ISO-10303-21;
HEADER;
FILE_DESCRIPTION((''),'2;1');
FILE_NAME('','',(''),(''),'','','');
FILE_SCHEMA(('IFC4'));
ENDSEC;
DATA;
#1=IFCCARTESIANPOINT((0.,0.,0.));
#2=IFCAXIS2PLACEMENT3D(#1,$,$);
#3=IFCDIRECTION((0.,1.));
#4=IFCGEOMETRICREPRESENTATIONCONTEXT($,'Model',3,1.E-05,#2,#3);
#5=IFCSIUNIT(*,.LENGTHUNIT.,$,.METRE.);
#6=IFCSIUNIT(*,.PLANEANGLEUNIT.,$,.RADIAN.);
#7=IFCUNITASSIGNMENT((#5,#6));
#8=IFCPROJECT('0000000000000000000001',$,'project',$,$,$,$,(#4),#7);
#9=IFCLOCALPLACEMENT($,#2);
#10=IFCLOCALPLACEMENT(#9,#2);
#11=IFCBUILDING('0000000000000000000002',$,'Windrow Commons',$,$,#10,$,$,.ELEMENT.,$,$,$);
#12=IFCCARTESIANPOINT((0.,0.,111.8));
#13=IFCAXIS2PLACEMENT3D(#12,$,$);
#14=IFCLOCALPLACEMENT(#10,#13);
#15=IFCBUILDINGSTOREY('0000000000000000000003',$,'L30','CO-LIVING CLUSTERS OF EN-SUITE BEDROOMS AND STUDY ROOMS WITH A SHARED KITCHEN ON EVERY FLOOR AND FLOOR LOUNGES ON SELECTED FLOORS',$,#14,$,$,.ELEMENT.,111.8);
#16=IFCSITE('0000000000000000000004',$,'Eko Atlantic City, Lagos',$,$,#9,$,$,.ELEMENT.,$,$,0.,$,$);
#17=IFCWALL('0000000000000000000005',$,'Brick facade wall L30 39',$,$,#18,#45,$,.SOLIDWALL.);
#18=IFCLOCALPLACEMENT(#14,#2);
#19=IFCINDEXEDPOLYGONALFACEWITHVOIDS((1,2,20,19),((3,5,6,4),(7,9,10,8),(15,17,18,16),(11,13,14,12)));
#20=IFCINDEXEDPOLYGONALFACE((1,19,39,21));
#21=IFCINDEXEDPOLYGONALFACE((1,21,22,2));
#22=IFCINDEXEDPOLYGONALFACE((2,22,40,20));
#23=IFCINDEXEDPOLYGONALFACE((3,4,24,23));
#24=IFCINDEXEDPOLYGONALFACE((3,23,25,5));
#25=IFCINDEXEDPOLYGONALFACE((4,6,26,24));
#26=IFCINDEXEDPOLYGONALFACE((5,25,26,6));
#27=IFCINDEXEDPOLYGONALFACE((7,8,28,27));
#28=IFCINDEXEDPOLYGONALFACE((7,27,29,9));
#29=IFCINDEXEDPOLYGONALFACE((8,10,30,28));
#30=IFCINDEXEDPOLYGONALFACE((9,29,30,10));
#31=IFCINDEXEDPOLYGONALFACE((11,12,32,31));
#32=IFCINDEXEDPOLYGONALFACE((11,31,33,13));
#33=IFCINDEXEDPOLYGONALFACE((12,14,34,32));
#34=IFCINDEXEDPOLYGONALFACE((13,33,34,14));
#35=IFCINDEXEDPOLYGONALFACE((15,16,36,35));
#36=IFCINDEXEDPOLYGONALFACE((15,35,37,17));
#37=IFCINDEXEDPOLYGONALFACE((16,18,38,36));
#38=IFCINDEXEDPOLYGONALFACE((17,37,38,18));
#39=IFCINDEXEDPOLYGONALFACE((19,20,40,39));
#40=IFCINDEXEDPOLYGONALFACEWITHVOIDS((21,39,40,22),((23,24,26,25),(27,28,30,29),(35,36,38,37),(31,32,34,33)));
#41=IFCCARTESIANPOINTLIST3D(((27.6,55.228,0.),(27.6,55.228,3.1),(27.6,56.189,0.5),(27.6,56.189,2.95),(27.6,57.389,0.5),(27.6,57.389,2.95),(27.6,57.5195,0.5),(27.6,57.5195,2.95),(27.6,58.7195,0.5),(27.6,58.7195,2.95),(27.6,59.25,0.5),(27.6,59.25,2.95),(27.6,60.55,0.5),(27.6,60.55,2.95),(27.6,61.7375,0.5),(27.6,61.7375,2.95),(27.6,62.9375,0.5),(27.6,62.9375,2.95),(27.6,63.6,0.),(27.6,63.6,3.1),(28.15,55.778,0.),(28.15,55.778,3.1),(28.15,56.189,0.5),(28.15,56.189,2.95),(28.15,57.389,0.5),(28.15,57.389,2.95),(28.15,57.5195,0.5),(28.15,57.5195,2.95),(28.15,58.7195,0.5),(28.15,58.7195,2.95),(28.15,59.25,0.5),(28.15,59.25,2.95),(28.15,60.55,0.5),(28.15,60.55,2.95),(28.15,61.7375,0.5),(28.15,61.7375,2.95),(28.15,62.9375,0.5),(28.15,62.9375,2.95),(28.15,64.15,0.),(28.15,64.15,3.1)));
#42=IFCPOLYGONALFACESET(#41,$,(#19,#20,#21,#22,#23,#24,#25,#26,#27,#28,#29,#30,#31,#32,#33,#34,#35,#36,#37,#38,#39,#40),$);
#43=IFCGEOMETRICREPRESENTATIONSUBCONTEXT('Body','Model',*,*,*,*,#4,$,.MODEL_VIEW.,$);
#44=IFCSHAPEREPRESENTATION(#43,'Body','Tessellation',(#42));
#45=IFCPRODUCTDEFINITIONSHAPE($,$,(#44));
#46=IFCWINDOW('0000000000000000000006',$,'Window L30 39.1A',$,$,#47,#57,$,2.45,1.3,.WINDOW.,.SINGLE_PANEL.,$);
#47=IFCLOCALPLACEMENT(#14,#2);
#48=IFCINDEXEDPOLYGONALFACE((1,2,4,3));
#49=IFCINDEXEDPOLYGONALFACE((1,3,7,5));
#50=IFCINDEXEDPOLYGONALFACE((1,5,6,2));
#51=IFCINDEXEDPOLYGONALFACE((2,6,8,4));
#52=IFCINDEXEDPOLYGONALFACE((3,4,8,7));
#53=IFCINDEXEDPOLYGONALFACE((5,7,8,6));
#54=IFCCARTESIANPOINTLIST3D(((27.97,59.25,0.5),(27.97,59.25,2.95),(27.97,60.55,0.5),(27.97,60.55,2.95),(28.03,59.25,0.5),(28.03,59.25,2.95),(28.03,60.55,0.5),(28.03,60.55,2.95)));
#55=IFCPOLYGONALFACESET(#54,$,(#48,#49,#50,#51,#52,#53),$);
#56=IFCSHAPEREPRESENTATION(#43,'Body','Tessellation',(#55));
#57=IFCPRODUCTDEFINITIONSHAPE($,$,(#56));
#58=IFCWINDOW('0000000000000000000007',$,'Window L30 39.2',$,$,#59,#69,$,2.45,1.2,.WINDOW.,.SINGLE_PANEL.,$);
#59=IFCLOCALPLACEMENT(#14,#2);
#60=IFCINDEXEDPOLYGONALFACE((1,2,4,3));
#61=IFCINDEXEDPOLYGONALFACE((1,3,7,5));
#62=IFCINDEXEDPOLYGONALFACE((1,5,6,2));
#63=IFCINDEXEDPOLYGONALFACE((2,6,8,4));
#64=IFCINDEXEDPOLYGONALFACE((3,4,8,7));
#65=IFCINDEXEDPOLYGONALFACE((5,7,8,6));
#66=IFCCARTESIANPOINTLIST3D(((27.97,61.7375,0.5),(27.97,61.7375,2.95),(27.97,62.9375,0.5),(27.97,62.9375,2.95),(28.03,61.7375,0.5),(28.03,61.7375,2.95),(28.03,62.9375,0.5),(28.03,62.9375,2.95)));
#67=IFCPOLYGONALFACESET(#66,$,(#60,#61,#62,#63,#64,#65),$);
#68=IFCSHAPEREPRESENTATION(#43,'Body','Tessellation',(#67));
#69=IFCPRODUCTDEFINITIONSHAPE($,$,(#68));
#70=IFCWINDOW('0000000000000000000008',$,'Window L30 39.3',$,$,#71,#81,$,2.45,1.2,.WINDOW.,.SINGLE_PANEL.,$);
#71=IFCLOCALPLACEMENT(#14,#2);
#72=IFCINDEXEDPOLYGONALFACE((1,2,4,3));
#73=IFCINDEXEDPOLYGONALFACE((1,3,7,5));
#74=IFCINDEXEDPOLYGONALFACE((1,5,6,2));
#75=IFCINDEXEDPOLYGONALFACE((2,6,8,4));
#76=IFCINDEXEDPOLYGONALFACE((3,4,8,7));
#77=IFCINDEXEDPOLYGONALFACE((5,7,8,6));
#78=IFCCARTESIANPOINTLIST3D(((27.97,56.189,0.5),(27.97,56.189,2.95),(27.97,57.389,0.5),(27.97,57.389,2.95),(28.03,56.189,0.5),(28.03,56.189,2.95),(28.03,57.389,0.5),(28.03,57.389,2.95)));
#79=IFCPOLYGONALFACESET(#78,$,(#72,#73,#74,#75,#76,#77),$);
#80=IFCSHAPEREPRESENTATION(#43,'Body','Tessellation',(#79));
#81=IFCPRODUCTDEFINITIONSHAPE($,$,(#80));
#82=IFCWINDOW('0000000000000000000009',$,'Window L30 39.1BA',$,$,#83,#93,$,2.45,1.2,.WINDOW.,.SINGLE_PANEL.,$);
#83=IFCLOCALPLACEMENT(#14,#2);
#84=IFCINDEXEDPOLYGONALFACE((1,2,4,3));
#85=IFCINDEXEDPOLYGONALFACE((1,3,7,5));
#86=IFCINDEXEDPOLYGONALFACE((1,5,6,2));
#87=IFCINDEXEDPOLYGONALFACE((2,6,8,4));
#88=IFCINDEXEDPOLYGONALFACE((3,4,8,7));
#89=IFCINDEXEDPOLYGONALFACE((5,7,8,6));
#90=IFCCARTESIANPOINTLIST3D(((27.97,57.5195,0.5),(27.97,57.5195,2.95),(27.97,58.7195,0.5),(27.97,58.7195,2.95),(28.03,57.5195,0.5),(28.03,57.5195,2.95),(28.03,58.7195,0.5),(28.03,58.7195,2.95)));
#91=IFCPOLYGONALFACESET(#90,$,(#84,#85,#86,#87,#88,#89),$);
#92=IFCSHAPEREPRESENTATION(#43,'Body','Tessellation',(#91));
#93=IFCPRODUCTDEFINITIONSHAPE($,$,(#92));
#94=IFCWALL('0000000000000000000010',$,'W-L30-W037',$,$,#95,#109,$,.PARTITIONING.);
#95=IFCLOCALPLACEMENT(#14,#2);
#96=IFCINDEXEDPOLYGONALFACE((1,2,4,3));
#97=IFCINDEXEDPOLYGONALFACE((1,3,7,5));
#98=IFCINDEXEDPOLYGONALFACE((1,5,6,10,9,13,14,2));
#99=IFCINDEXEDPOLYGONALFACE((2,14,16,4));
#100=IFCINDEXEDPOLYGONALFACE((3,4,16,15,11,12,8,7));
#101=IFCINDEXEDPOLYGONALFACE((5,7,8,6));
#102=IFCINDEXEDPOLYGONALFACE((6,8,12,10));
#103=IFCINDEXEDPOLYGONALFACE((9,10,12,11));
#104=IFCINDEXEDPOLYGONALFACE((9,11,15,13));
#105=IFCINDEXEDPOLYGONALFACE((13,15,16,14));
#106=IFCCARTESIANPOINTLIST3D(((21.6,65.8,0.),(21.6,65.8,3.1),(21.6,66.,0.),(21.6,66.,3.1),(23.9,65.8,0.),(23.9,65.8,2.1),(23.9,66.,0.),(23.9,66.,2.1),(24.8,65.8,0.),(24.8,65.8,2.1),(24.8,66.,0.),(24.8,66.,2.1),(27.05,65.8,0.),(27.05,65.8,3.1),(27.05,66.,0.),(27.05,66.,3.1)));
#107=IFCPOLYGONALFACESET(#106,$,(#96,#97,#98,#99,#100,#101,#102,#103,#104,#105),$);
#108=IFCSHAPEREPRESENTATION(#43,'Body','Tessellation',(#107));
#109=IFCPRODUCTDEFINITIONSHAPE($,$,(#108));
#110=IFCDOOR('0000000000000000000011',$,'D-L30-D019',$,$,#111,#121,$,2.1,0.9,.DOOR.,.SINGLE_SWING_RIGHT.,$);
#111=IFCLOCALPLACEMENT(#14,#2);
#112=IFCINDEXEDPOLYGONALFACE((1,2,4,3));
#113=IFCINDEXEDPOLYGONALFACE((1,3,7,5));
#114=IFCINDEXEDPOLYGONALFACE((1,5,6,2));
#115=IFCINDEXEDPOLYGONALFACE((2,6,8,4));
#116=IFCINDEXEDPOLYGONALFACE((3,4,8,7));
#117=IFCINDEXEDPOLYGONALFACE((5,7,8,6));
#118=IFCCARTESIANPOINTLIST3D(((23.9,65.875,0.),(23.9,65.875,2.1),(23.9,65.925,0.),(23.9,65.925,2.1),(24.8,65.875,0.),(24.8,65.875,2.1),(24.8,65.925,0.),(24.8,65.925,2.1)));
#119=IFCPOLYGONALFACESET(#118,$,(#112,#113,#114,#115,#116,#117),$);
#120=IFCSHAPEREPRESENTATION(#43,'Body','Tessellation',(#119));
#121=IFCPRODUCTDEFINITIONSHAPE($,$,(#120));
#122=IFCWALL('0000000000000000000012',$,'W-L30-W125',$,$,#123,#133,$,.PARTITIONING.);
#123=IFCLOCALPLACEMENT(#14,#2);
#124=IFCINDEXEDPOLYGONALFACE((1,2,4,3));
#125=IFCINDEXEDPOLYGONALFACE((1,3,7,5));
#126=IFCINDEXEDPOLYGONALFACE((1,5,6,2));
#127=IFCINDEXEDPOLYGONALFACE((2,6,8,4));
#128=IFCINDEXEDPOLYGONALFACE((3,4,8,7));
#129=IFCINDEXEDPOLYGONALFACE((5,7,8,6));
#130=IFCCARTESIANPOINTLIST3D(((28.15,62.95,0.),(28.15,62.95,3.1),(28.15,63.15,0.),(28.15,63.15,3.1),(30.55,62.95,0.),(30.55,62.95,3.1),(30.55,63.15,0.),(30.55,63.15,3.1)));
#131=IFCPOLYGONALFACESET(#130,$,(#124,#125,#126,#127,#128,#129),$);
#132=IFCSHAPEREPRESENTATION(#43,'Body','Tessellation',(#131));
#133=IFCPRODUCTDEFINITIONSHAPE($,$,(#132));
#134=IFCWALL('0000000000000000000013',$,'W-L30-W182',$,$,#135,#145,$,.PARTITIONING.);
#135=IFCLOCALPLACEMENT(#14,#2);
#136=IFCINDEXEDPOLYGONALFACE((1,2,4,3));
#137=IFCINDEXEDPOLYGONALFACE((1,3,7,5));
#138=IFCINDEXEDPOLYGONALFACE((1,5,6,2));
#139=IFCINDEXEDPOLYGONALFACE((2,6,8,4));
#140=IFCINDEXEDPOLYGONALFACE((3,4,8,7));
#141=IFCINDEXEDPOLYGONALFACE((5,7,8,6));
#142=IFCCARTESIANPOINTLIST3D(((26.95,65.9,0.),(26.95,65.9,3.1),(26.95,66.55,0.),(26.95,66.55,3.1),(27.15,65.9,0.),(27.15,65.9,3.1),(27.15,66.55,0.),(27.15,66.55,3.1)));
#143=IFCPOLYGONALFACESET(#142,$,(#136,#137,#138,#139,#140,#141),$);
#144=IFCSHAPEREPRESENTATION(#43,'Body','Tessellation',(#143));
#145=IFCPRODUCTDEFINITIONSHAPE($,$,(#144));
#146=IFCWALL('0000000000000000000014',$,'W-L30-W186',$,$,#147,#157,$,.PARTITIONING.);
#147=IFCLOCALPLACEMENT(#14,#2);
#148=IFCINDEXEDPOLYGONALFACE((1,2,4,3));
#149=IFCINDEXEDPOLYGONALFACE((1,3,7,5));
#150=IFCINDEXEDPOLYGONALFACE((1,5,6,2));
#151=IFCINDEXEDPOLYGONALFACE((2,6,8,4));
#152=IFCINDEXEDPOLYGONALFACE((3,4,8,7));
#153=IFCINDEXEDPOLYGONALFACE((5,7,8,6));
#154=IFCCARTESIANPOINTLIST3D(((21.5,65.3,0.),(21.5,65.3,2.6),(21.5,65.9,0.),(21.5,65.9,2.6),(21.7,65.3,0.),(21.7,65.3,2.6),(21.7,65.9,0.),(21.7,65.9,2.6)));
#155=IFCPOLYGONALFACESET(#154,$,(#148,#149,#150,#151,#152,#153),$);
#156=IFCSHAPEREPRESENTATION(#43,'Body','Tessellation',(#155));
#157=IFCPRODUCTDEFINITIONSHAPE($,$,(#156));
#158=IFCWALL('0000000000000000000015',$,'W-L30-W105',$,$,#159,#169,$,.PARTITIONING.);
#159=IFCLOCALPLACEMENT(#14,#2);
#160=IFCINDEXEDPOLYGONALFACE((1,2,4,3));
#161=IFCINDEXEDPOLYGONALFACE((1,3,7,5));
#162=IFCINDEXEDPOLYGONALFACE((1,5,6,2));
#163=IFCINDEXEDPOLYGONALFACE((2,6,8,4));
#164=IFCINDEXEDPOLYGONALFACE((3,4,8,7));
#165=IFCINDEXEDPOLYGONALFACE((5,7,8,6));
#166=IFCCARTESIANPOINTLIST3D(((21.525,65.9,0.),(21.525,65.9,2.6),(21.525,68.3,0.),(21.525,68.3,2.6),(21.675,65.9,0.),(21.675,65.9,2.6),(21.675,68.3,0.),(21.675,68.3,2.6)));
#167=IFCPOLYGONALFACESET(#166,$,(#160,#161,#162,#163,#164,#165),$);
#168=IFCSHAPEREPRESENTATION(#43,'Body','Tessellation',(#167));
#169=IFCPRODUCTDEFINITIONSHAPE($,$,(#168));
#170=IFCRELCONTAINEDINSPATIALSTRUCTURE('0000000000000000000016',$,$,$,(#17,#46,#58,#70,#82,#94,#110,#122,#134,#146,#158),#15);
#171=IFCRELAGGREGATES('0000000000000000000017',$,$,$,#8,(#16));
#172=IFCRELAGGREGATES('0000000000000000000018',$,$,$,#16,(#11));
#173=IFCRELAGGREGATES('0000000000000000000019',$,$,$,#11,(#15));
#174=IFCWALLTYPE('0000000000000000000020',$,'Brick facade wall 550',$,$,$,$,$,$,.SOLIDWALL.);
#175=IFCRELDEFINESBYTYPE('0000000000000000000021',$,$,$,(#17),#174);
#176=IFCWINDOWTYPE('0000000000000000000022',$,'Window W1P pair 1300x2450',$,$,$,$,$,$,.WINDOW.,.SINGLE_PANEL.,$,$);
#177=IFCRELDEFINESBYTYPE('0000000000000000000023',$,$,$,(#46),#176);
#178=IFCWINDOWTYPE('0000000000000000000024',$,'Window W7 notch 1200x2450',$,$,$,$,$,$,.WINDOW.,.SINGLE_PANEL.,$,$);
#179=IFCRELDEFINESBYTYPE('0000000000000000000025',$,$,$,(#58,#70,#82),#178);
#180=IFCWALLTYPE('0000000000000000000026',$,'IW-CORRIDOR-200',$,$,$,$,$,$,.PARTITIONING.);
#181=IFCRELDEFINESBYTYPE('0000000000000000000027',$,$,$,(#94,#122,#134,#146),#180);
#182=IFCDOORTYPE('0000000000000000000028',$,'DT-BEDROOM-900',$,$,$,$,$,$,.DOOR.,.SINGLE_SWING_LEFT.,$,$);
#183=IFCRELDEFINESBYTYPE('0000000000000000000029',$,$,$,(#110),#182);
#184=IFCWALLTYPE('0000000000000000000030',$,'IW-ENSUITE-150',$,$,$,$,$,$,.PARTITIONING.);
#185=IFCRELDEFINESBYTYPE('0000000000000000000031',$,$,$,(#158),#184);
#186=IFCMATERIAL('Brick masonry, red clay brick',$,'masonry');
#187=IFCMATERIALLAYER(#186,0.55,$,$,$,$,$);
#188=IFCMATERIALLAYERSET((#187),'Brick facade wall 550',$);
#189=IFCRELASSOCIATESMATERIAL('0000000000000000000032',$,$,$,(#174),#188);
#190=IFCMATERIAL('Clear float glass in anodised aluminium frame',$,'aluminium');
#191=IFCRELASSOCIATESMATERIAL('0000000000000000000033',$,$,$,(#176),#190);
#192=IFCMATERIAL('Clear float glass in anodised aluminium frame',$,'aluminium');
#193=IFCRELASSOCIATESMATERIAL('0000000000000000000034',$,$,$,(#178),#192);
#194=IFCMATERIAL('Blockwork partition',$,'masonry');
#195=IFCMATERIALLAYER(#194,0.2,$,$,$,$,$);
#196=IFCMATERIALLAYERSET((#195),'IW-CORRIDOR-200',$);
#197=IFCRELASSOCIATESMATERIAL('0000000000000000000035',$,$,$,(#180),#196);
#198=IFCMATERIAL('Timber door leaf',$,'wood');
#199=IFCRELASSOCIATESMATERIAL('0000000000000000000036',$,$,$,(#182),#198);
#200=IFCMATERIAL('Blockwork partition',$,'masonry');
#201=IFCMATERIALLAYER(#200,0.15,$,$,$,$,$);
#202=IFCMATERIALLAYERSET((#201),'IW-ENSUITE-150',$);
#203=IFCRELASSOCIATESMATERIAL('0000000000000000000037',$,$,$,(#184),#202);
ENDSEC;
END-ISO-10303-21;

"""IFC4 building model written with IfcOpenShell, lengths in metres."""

from ifc_helpers import new_model, si_unit, direction, frame, frame_2d, origin, place, context, subcontext, project, spatial, polyline, rectangle, outline, extrude, material, layer, layer_set, type_object, element, fill, save


model = new_model("IFC4")

# Units and contexts
model_context = context("Model", 3, precision=1e-05, world=origin(), true_north=direction((0.0, 1.0)))
body_context = subcontext(model_context, "Body", "Model", "MODEL_VIEW")
ifc_project = project(units=[si_unit("LENGTHUNIT", "METRE"), si_unit("PLANEANGLEUNIT", "RADIAN")], contexts=[model_context])

# Site, building, storey
site_placement = place(None, origin())
site = spatial("IfcSite", under=ifc_project, at=site_placement, Name="Eko Atlantic City, Lagos", CompositionType="ELEMENT", RefElevation=0.0)
building_placement = place(site_placement, origin())
building = spatial("IfcBuilding", under=site, at=building_placement, Name="Windrow Commons", CompositionType="ELEMENT")
storey_placement = place(building_placement, frame((0.0, 0.0, 111.8)))
storey = spatial("IfcBuildingStorey", under=building, at=storey_placement, Name="L30", Description="CO-LIVING CLUSTERS OF EN-SUITE BEDROOMS AND STUDY ROOMS WITH A SHARED KITCHEN ON EVERY FLOOR AND FLOOR LOUNGES ON SELECTED FLOORS", CompositionType="ELEMENT", Elevation=111.8)

# Wall, openings, windows
ifc_material_1 = material(Name="Brick masonry, red clay brick", Category="masonry")
ifc_layer_1 = layer(ifc_material_1, 0.55)
ifc_layer_set_1 = layer_set([ifc_layer_1], Name="Brick facade wall 550")
wall_type_1 = type_object("IfcWallType", Name="Brick facade wall 550", PredefinedType="SOLIDWALL", material=ifc_layer_set_1)
ifc_material_2 = material(Name="Clear float glass in anodised aluminium frame", Category="aluminium")
window_type_1 = type_object("IfcWindowType", Name="Window W1P pair 1300x2450", PartitioningType="SINGLE_PANEL", PredefinedType="WINDOW", material=ifc_material_2)
ifc_material_3 = material(Name="Clear float glass in anodised aluminium frame", Category="aluminium")
window_type_2 = type_object("IfcWindowType", Name="Window W7 notch 1200x2450", PartitioningType="SINGLE_PANEL", PredefinedType="WINDOW", material=ifc_material_3)
wall_1_placement = place(storey_placement, frame((27.875, 63.875, 0.0), z_axis=(0.0, 0.0, 1.0), x_axis=(0.0, -1.0, 0.0)))
wall_1 = element("IfcWall", 1, at=wall_1_placement, inside=storey, type_object=wall_type_1, Name="Brick facade wall L30 39", PredefinedType="SOLIDWALL", context=body_context, shape_type="SweptSolid", body=[
    extrude(outline(polyline([(0.275, -0.275), (8.647, -0.275), (8.097, 0.275), (-0.275, 0.275), (0.275, -0.275)])), origin(), (0.0, 0.0, 1.0), 3.1),
])
opening_1_placement = place(wall_1_placement, frame((3.325, 0.0, 0.5)))
opening_1 = element("IfcOpeningElement", 2, at=opening_1_placement, cuts=wall_1, PredefinedType="OPENING", context=body_context, shape_type="SweptSolid", body=[
    extrude(rectangle(XDim=1.3, YDim=2.45, at=frame_2d((0.65, 1.225))), frame((0.0, 0.285, 0.0), z_axis=(0.0, -1.0, 0.0), x_axis=(1.0, 0.0, 0.0)), (0.0, 0.0, 1.0), 0.57),
])
opening_2_placement = place(wall_1_placement, frame((0.9375, 0.0, 0.5)))
opening_2 = element("IfcOpeningElement", 3, at=opening_2_placement, cuts=wall_1, PredefinedType="OPENING", context=body_context, shape_type="SweptSolid", body=[
    extrude(rectangle(XDim=1.2, YDim=2.45, at=frame_2d((0.6, 1.225))), frame((0.0, 0.285, 0.0), z_axis=(0.0, -1.0, 0.0), x_axis=(1.0, 0.0, 0.0)), (0.0, 0.0, 1.0), 0.57),
])
opening_3_placement = place(wall_1_placement, frame((6.486, 0.0, 0.5)))
opening_3 = element("IfcOpeningElement", 4, at=opening_3_placement, cuts=wall_1, PredefinedType="OPENING", context=body_context, shape_type="SweptSolid", body=[
    extrude(rectangle(XDim=1.2, YDim=2.45, at=frame_2d((0.6, 1.225))), frame((0.0, 0.285, 0.0), z_axis=(0.0, -1.0, 0.0), x_axis=(1.0, 0.0, 0.0)), (0.0, 0.0, 1.0), 0.57),
])
opening_4_placement = place(wall_1_placement, frame((5.1555, 0.0, 0.5)))
opening_4 = element("IfcOpeningElement", 5, at=opening_4_placement, cuts=wall_1, PredefinedType="OPENING", context=body_context, shape_type="SweptSolid", body=[
    extrude(rectangle(XDim=1.2, YDim=2.45, at=frame_2d((0.6, 1.225))), frame((0.0, 0.285, 0.0), z_axis=(0.0, -1.0, 0.0), x_axis=(1.0, 0.0, 0.0)), (0.0, 0.0, 1.0), 0.57),
])
window_1_placement = place(opening_1_placement, origin())
window_1 = element("IfcWindow", 6, at=window_1_placement, inside=storey, type_object=window_type_1, Name="Window L30 39.1A", OverallHeight=2.45, OverallWidth=1.3, PartitioningType="SINGLE_PANEL", PredefinedType="WINDOW", context=body_context, shape_type="SweptSolid", body=[
    extrude(rectangle(XDim=1.3, YDim=2.45, at=frame_2d((0.65, 1.225))), frame((0.0, 0.155, 0.0), z_axis=(0.0, -1.0, 0.0), x_axis=(1.0, 0.0, 0.0)), (0.0, 0.0, 1.0), 0.06),
])
fill(opening_1, window_1)
window_2_placement = place(opening_2_placement, origin())
window_2 = element("IfcWindow", 7, at=window_2_placement, inside=storey, type_object=window_type_2, Name="Window L30 39.2", OverallHeight=2.45, OverallWidth=1.2, PartitioningType="SINGLE_PANEL", PredefinedType="WINDOW", context=body_context, shape_type="SweptSolid", body=[
    extrude(rectangle(XDim=1.2, YDim=2.45, at=frame_2d((0.6, 1.225))), frame((0.0, 0.155, 0.0), z_axis=(0.0, -1.0, 0.0), x_axis=(1.0, 0.0, 0.0)), (0.0, 0.0, 1.0), 0.06),
])
fill(opening_2, window_2)
window_3_placement = place(opening_3_placement, origin())
window_3 = element("IfcWindow", 8, at=window_3_placement, inside=storey, type_object=window_type_2, Name="Window L30 39.3", OverallHeight=2.45, OverallWidth=1.2, PartitioningType="SINGLE_PANEL", PredefinedType="WINDOW", context=body_context, shape_type="SweptSolid", body=[
    extrude(rectangle(XDim=1.2, YDim=2.45, at=frame_2d((0.6, 1.225))), frame((0.0, 0.155, 0.0), z_axis=(0.0, -1.0, 0.0), x_axis=(1.0, 0.0, 0.0)), (0.0, 0.0, 1.0), 0.06),
])
fill(opening_3, window_3)
window_4_placement = place(opening_4_placement, origin())
window_4 = element("IfcWindow", 9, at=window_4_placement, inside=storey, type_object=window_type_2, Name="Window L30 39.1BA", OverallHeight=2.45, OverallWidth=1.2, PartitioningType="SINGLE_PANEL", PredefinedType="WINDOW", context=body_context, shape_type="SweptSolid", body=[
    extrude(rectangle(XDim=1.2, YDim=2.45, at=frame_2d((0.6, 1.225))), frame((0.0, 0.155, 0.0), z_axis=(0.0, -1.0, 0.0), x_axis=(1.0, 0.0, 0.0)), (0.0, 0.0, 1.0), 0.06),
])
fill(opening_4, window_4)

# Wall, opening, door
ifc_material_4 = material(Name="Blockwork partition", Category="masonry")
ifc_layer_2 = layer(ifc_material_4, 0.2)
ifc_layer_set_2 = layer_set([ifc_layer_2], Name="IW-CORRIDOR-200")
wall_type_2 = type_object("IfcWallType", Name="IW-CORRIDOR-200", PredefinedType="PARTITIONING", material=ifc_layer_set_2)
wall_2_placement = place(storey_placement, frame((21.6, 65.9, 0.0), z_axis=(0.0, 0.0, 1.0), x_axis=(1.0, 0.0, 0.0)))
wall_2 = element("IfcWall", 10, at=wall_2_placement, inside=storey, type_object=wall_type_2, Name="W-L30-W037", PredefinedType="PARTITIONING", context=body_context, shape_type="SweptSolid", body=[
    extrude(rectangle(XDim=5.45, YDim=0.2, at=frame_2d((2.725, 0.0))), origin(), (0.0, 0.0, 1.0), 3.1),
])
opening_5_placement = place(wall_2_placement, frame((2.3, 0.0, 0.0)))
opening_5 = element("IfcOpeningElement", 11, at=opening_5_placement, cuts=wall_2, PredefinedType="OPENING", context=body_context, shape_type="SweptSolid", body=[
    extrude(rectangle(XDim=0.9, YDim=2.1, at=frame_2d((0.45, 1.05))), frame((0.0, 0.11, 0.0), z_axis=(0.0, -1.0, 0.0), x_axis=(1.0, 0.0, 0.0)), (0.0, 0.0, 1.0), 0.22),
])
ifc_material_5 = material(Name="Timber door leaf", Category="wood")
door_type = type_object("IfcDoorType", Name="DT-BEDROOM-900", OperationType="SINGLE_SWING_LEFT", PredefinedType="DOOR", material=ifc_material_5)
door_placement = place(opening_5_placement, origin())
door = element("IfcDoor", 12, at=door_placement, inside=storey, type_object=door_type, Name="D-L30-D019", OperationType="SINGLE_SWING_RIGHT", OverallHeight=2.1, OverallWidth=0.9, PredefinedType="DOOR", context=body_context, shape_type="SweptSolid", body=[
    extrude(rectangle(XDim=0.9, YDim=2.1, at=frame_2d((0.45, 1.05))), frame((0.0, 0.025, 0.0), z_axis=(0.0, -1.0, 0.0), x_axis=(1.0, 0.0, 0.0)), (0.0, 0.0, 1.0), 0.05),
])
fill(opening_5, door)

# Walls
wall_3_placement = place(storey_placement, frame((28.15, 63.05, 0.0), z_axis=(0.0, 0.0, 1.0), x_axis=(1.0, 0.0, 0.0)))
element("IfcWall", 13, at=wall_3_placement, inside=storey, type_object=wall_type_2, Name="W-L30-W125", PredefinedType="PARTITIONING", context=body_context, shape_type="SweptSolid", body=[
    extrude(rectangle(XDim=2.4, YDim=0.2, at=frame_2d((1.2, 0.0))), origin(), (0.0, 0.0, 1.0), 3.1),
])
wall_4_placement = place(storey_placement, frame((27.05, 65.9, 0.0), z_axis=(0.0, 0.0, 1.0), x_axis=(0.0, 1.0, 0.0)))
element("IfcWall", 14, at=wall_4_placement, inside=storey, type_object=wall_type_2, Name="W-L30-W182", PredefinedType="PARTITIONING", context=body_context, shape_type="SweptSolid", body=[
    extrude(rectangle(XDim=0.65, YDim=0.2, at=frame_2d((0.325, 0.0))), origin(), (0.0, 0.0, 1.0), 3.1),
])
wall_5_placement = place(storey_placement, frame((21.6, 65.3, 0.0), z_axis=(0.0, 0.0, 1.0), x_axis=(0.0, 1.0, 0.0)))
element("IfcWall", 15, at=wall_5_placement, inside=storey, type_object=wall_type_2, Name="W-L30-W186", PredefinedType="PARTITIONING", context=body_context, shape_type="SweptSolid", body=[
    extrude(rectangle(XDim=0.6, YDim=0.2, at=frame_2d((0.3, 0.0))), origin(), (0.0, 0.0, 1.0), 2.6),
])
ifc_material_6 = material(Name="Blockwork partition", Category="masonry")
ifc_layer_3 = layer(ifc_material_6, 0.15)
ifc_layer_set_3 = layer_set([ifc_layer_3], Name="IW-ENSUITE-150")
wall_type_3 = type_object("IfcWallType", Name="IW-ENSUITE-150", PredefinedType="PARTITIONING", material=ifc_layer_set_3)
wall_6_placement = place(storey_placement, frame((21.6, 65.9, 0.0), z_axis=(0.0, 0.0, 1.0), x_axis=(0.0, 1.0, 0.0)))
element("IfcWall", 16, at=wall_6_placement, inside=storey, type_object=wall_type_3, Name="W-L30-W105", PredefinedType="PARTITIONING", context=body_context, shape_type="SweptSolid", body=[
    extrude(rectangle(XDim=2.4, YDim=0.15, at=frame_2d((1.2, 0.0))), origin(), (0.0, 0.0, 1.0), 2.6),
])

save(model, "model.ifc")
